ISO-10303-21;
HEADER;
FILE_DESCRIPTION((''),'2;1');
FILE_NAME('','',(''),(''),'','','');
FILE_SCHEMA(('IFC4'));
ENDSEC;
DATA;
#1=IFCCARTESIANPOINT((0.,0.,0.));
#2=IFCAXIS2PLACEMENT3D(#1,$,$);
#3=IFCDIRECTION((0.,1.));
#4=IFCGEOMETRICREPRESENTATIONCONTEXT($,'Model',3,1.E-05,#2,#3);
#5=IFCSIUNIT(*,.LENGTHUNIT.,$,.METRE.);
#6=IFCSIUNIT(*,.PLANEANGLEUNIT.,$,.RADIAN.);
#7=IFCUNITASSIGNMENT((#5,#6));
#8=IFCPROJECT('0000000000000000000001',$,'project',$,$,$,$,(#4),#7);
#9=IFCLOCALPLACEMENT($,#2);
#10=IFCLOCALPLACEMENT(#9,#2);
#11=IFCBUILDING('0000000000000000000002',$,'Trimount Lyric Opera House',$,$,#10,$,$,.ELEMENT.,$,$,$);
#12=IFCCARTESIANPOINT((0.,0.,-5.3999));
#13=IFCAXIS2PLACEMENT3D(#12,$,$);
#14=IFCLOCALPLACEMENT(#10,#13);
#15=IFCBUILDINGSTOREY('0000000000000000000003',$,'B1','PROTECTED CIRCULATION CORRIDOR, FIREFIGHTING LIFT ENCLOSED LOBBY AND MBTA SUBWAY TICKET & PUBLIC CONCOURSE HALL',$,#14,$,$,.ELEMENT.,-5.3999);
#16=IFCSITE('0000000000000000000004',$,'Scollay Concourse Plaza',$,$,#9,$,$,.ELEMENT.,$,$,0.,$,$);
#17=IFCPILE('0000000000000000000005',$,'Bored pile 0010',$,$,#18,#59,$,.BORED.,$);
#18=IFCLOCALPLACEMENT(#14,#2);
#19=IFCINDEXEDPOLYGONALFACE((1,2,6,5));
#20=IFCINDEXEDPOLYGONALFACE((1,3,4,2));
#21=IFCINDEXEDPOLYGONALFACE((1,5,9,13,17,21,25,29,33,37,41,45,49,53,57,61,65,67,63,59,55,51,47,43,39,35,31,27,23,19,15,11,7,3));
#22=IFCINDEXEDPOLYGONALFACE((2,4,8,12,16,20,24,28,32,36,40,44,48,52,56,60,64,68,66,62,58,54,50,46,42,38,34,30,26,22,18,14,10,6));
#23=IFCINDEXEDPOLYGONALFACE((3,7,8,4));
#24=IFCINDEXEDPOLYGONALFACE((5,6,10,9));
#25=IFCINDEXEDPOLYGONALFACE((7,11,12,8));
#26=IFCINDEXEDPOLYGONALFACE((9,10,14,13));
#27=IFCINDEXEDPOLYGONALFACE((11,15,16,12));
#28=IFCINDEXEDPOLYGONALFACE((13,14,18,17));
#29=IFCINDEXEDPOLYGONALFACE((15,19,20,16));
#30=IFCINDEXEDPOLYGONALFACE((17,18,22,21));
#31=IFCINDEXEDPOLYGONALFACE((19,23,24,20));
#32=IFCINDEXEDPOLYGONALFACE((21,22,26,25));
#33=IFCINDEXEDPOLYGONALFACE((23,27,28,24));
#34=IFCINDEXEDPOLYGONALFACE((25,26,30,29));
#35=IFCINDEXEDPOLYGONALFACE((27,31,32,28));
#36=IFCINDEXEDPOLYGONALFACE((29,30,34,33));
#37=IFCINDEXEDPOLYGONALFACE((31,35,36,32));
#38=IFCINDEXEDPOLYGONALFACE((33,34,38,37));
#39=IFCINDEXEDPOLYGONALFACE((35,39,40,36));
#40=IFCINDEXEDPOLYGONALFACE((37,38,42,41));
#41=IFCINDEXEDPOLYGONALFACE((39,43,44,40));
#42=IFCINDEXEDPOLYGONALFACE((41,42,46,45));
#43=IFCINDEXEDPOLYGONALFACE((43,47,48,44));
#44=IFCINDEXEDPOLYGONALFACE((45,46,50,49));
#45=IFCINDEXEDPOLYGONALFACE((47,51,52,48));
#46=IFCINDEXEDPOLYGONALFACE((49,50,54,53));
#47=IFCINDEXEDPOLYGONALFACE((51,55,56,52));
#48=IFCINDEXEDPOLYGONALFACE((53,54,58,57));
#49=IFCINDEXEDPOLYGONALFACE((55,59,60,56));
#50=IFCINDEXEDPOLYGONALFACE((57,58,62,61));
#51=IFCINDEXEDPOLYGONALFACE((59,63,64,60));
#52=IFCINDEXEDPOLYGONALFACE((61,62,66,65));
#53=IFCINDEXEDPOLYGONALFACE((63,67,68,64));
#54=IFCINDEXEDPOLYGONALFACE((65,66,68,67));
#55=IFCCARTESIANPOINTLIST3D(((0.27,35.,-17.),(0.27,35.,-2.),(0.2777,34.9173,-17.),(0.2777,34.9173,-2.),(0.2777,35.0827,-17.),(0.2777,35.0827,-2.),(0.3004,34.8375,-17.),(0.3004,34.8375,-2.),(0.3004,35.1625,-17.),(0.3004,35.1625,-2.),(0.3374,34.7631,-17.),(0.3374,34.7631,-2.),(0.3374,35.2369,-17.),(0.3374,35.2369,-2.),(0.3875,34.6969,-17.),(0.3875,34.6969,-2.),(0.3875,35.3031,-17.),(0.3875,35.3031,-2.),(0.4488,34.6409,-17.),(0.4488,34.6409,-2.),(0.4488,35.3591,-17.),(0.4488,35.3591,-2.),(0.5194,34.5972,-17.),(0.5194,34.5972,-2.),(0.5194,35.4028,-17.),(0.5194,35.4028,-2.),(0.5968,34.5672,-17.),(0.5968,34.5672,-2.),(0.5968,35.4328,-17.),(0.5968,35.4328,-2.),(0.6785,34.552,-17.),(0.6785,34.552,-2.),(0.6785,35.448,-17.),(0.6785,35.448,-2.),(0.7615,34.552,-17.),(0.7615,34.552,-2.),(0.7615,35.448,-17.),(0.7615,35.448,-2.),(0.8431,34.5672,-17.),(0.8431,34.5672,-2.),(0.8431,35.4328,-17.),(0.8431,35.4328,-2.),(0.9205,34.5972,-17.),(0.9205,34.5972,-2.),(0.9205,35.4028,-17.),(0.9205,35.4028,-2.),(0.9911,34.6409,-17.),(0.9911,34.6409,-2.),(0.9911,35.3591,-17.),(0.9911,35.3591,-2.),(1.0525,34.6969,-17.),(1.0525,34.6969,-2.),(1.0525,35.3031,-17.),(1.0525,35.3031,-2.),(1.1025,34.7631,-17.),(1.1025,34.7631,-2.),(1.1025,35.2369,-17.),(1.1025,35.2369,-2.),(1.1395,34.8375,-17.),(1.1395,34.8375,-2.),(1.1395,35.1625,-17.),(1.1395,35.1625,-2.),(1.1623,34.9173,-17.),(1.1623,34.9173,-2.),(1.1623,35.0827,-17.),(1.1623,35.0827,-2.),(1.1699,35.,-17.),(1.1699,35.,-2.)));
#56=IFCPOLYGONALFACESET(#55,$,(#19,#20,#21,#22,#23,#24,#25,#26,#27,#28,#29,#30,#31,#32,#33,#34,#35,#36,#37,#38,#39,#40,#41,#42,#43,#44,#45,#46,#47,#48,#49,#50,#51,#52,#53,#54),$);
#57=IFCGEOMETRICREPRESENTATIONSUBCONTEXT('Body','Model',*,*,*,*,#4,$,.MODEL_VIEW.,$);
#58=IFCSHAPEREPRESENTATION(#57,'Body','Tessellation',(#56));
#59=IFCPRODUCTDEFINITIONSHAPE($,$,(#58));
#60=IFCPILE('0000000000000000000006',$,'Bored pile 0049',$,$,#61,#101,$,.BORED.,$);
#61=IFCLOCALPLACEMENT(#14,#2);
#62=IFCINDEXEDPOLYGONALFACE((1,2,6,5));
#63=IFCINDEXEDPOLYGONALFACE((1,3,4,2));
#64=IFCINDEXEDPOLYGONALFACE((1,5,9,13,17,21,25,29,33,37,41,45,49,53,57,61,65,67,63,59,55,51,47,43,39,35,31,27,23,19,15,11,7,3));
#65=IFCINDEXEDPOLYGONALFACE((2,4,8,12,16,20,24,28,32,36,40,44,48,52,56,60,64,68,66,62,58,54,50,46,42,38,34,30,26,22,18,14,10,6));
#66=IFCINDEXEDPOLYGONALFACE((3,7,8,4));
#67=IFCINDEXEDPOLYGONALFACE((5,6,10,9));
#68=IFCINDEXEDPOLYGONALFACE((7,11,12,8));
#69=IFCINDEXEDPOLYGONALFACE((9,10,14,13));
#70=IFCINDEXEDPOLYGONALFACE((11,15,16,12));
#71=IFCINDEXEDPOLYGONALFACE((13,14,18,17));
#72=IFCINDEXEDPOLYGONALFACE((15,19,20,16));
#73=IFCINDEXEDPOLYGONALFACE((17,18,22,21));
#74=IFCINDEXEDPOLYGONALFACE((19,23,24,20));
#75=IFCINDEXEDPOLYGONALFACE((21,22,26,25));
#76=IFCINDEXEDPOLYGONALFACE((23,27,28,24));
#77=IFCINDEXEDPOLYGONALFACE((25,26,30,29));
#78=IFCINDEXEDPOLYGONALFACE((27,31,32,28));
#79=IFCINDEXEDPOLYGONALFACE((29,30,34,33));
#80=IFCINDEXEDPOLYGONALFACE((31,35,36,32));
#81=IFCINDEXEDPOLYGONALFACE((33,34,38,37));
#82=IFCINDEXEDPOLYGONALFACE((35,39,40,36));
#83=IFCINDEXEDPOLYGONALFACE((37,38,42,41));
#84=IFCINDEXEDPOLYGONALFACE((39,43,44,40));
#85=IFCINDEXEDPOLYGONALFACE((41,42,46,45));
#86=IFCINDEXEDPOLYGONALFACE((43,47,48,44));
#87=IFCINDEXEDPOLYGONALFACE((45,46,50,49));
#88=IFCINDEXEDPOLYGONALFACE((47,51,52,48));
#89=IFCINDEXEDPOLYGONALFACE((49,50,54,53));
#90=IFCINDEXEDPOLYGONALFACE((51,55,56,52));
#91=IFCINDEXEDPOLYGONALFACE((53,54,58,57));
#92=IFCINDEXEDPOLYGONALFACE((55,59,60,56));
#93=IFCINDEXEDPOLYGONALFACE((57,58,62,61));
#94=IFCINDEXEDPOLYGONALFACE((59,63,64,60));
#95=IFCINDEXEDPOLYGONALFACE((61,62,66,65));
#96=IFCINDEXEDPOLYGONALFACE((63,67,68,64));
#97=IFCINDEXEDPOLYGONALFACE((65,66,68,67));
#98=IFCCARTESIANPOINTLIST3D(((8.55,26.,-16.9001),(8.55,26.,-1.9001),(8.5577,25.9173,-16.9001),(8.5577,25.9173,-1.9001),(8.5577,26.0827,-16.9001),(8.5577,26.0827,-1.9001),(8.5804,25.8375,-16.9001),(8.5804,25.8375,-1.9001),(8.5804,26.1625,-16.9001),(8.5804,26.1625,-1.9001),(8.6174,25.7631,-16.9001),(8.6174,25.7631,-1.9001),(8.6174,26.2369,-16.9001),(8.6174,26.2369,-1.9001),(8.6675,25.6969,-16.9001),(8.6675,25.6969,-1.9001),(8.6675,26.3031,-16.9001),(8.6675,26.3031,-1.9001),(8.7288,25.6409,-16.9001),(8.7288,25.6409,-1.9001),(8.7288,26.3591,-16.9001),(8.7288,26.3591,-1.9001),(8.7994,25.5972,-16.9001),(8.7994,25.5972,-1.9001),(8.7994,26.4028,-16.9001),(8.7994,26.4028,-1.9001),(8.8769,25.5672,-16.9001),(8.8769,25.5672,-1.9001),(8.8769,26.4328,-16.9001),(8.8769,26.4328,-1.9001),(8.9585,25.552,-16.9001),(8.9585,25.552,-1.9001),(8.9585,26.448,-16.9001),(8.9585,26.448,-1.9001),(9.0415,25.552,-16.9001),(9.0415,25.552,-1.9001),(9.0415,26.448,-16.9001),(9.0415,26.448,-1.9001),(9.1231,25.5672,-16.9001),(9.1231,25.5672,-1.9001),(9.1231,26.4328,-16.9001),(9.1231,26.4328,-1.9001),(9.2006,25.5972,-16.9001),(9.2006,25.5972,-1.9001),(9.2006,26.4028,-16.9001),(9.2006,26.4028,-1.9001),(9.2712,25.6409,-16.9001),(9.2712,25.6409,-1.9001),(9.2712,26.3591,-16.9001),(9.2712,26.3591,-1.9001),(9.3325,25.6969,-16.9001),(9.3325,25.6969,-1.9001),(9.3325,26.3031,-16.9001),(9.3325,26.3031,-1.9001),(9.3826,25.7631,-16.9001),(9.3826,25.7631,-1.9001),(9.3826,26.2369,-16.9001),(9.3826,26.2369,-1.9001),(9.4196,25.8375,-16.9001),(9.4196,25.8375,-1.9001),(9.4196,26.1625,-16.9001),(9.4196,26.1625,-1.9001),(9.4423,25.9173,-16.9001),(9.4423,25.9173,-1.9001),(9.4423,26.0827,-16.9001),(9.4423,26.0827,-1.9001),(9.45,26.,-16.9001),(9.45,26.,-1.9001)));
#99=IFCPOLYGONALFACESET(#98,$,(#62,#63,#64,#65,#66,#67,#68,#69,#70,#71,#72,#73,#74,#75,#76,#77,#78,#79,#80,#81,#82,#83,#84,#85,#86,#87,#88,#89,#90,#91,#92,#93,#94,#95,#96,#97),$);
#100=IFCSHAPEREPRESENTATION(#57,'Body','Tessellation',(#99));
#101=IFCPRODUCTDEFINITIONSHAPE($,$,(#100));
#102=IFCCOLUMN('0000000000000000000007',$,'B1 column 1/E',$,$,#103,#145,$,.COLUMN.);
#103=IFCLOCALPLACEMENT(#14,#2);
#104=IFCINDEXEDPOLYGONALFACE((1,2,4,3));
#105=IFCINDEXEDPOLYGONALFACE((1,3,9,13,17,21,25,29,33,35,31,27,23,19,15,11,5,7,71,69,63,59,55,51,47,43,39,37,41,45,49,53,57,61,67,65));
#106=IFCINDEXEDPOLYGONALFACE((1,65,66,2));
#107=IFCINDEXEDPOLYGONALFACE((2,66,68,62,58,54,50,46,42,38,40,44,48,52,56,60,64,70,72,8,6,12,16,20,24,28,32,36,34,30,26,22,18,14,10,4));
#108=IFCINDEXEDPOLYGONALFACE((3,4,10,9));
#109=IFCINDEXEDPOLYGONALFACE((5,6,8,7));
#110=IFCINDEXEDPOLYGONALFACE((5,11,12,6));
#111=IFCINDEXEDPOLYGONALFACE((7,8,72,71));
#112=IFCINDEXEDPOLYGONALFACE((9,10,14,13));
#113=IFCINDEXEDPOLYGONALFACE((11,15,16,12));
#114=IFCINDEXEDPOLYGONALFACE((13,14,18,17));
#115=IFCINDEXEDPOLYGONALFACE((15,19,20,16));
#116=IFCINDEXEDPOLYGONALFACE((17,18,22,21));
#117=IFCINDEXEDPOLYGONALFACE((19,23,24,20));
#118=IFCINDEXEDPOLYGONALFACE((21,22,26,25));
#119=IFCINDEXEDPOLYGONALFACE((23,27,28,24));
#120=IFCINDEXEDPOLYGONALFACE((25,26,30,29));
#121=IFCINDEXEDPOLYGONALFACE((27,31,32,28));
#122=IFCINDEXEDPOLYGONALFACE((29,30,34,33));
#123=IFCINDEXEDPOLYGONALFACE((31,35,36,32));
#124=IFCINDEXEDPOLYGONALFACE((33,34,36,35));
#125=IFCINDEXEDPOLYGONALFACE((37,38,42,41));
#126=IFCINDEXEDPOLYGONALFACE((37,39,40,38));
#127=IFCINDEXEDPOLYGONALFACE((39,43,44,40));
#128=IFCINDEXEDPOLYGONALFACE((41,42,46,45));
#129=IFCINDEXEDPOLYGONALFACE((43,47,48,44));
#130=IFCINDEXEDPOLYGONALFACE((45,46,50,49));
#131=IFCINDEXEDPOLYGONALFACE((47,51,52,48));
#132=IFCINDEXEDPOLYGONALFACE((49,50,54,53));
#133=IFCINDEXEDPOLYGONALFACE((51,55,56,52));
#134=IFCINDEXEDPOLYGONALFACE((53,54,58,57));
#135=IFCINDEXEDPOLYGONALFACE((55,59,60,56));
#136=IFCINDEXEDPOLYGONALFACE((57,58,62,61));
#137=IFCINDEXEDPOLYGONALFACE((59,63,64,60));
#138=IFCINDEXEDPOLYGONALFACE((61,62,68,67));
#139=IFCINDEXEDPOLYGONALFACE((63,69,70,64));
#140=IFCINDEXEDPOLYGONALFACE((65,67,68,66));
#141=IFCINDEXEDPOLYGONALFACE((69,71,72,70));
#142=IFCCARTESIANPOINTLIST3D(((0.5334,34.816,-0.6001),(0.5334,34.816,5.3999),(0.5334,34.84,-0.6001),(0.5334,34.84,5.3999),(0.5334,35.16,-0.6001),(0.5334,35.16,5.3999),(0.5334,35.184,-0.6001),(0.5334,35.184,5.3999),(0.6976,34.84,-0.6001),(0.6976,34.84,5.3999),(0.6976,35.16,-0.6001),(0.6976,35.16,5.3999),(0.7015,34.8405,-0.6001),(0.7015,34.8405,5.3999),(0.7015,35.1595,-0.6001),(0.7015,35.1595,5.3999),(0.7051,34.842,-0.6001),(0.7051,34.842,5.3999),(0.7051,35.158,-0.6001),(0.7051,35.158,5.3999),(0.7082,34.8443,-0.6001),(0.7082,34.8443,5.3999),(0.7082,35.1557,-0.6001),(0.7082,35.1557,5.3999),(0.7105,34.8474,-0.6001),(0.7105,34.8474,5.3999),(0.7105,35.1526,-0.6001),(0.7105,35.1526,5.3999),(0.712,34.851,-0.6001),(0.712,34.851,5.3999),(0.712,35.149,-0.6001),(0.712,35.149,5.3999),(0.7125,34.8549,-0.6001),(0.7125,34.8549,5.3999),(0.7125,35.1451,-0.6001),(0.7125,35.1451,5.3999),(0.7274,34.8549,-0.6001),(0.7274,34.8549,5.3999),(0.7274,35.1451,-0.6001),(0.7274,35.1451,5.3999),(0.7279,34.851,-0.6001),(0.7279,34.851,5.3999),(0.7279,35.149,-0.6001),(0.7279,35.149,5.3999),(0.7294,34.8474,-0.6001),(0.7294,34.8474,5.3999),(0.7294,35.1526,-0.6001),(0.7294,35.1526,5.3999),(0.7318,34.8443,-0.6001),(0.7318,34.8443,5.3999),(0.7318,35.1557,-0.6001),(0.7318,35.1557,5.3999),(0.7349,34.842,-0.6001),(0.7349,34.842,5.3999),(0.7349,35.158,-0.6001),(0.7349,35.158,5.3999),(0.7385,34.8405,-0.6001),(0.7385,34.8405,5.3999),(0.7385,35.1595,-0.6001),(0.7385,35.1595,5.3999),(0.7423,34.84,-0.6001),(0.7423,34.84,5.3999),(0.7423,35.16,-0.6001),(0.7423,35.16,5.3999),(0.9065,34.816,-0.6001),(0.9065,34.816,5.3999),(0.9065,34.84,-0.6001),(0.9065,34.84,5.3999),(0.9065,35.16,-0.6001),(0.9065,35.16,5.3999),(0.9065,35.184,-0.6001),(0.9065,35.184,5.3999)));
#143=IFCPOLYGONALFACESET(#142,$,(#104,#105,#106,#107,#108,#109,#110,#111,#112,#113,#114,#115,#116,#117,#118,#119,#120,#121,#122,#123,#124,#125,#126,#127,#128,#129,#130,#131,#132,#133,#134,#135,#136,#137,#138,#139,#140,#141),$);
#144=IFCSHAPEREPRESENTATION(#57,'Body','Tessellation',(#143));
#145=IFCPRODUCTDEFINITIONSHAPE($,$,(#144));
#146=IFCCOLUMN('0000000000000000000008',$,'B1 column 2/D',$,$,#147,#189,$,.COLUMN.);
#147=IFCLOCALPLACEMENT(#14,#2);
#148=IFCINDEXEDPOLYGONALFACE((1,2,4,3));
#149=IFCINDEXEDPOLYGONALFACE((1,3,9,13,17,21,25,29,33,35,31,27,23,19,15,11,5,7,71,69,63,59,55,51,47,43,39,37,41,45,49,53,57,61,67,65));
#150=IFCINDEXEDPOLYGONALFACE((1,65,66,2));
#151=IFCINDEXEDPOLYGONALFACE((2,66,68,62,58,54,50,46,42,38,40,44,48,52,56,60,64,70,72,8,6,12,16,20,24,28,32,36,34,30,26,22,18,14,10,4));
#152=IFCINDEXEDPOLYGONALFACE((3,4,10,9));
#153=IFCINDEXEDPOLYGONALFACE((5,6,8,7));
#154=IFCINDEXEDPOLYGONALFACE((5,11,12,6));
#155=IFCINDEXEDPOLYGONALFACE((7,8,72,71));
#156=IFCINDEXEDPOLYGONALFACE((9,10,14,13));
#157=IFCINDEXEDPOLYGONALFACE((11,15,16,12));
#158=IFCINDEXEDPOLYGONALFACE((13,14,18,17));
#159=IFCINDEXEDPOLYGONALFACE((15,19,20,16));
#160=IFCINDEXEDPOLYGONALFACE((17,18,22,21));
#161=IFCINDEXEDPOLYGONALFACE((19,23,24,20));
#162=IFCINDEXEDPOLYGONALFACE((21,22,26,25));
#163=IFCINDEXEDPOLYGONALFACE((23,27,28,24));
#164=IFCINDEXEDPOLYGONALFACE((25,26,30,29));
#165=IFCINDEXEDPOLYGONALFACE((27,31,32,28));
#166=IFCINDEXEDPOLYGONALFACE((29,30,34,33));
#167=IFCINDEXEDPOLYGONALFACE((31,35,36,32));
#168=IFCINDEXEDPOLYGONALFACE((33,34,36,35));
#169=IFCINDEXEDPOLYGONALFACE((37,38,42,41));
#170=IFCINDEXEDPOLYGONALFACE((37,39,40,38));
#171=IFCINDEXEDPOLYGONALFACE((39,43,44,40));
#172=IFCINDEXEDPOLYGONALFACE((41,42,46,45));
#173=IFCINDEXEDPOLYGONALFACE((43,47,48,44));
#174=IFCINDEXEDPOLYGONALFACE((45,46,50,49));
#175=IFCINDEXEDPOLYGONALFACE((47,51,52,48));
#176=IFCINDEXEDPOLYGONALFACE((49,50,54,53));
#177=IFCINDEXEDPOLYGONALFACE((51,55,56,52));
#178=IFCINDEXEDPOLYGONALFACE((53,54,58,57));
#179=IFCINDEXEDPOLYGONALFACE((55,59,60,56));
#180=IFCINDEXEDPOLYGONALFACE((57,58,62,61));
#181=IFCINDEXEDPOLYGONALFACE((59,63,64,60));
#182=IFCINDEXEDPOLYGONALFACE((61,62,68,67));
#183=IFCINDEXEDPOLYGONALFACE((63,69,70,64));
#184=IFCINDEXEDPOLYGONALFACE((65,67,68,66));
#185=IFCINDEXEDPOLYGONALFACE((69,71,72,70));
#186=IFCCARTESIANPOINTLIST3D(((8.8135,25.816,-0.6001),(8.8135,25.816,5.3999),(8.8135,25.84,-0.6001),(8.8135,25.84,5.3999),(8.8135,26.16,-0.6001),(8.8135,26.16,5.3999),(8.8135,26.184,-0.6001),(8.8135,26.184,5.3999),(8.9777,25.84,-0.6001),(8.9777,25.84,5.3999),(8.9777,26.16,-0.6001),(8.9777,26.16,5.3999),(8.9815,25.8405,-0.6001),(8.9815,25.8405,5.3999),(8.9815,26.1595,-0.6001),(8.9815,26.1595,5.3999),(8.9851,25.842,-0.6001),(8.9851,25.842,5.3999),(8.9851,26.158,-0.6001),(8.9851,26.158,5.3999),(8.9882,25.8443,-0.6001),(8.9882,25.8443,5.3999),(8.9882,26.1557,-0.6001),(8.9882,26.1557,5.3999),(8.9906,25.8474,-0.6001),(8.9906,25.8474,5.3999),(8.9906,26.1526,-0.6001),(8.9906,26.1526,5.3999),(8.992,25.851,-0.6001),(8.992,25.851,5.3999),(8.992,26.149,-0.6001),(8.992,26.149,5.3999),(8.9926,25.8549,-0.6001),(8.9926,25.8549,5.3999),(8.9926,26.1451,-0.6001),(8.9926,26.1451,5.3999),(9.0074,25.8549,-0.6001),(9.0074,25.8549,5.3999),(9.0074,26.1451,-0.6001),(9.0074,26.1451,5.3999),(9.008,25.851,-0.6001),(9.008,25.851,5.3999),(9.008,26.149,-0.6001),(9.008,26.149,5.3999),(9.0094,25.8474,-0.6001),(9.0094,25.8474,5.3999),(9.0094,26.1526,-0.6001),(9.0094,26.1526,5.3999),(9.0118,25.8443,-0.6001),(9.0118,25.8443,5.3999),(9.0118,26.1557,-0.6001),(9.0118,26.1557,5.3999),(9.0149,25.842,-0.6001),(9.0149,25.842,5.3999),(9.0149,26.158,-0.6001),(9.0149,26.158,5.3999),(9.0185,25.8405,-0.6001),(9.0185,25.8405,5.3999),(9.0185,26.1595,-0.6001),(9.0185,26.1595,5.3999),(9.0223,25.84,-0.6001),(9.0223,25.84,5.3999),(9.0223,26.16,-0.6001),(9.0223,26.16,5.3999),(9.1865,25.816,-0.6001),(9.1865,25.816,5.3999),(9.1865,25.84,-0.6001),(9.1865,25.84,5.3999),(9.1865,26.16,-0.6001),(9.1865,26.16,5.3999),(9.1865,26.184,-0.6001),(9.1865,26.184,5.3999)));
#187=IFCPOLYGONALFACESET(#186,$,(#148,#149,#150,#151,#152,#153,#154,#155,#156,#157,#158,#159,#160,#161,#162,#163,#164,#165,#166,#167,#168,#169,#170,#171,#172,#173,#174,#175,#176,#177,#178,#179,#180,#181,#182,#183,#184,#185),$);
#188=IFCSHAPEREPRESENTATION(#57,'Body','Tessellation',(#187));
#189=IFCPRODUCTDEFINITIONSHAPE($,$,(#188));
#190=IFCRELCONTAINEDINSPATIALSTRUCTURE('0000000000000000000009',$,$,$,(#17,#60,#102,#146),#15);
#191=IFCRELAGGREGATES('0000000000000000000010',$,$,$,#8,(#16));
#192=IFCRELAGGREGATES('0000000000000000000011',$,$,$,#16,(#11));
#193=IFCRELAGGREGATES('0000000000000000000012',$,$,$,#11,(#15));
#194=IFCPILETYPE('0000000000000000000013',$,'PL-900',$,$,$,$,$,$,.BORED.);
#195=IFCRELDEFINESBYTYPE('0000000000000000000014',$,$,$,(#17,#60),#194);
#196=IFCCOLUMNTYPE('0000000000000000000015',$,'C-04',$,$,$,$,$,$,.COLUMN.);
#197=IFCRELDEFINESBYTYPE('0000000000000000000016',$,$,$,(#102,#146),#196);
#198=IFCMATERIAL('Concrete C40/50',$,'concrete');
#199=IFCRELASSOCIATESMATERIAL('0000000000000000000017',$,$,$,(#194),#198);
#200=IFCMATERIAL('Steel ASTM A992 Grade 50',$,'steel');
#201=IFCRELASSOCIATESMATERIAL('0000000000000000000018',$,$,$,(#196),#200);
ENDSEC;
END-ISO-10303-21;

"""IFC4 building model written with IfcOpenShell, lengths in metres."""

from ifc_helpers import new_model, si_unit, direction, frame, origin, origin_2d, place, context, subcontext, project, spatial, circle, i_section, extrude, material, material_profile, profile_set, type_object, element, save


model = new_model("IFC4")

# Units and contexts
model_context = context("Model", 3, precision=1e-05, world=origin(), true_north=direction((0.0, 1.0)))
body_context = subcontext(model_context, "Body", "Model", "MODEL_VIEW")
ifc_project = project(units=[si_unit("LENGTHUNIT", "METRE"), si_unit("PLANEANGLEUNIT", "RADIAN")], contexts=[model_context])

# Site, building, storey
site_placement = place(None, origin())
site = spatial("IfcSite", under=ifc_project, at=site_placement, Name="Scollay Concourse Plaza", CompositionType="ELEMENT", RefElevation=0.0)
building_placement = place(site_placement, origin())
building = spatial("IfcBuilding", under=site, at=building_placement, Name="Trimount Lyric Opera House", CompositionType="ELEMENT")
storey_placement = place(building_placement, frame((0.0, 0.0, -5.3999)))
storey = spatial("IfcBuildingStorey", under=building, at=storey_placement, Name="B1", Description="PROTECTED CIRCULATION CORRIDOR, FIREFIGHTING LIFT ENCLOSED LOBBY AND MBTA SUBWAY TICKET & PUBLIC CONCOURSE HALL", CompositionType="ELEMENT", Elevation=-5.3999)

# Piles
ifc_material_1 = material(Name="Concrete C40/50", Category="concrete")
ifc_material_profile_1 = material_profile(ifc_material_1, circle(Radius=0.45, at=origin_2d()), Name="PILE-D900")
ifc_profile_set_1 = profile_set([ifc_material_profile_1], Name="Concrete C40/50")
pile_type_1 = type_object("IfcPileType", Name="PL-900", PredefinedType="BORED", material=ifc_profile_set_1)
for number, where, z_axis, x_axis, name in (
    (1, (0.72, 35.0, -2.0), (0.0, 0.0, -1.0), (1.0, 0.0, 0.0), "Bored pile 0010"),
    (2, (9.0, 26.0, -1.9001), (0.0, 0.0, -1.0), (1.0, 0.0, 0.0), "Bored pile 0049"),
):
    element("IfcPile", number, at=place(storey_placement, frame(where, z_axis=z_axis, x_axis=x_axis)), inside=storey, type_object=pile_type_1, Name=name, PredefinedType="BORED", context=body_context, shape_type="SweptSolid", body=[
        extrude(circle(Radius=0.45, at=origin_2d()), origin(), (0.0, 0.0, 1.0), 15.0),
    ])

# Columns
ifc_material_2 = material(Name="Steel ASTM A992 Grade 50", Category="steel")
ifc_material_profile_2 = material_profile(ifc_material_2, i_section(OverallWidth=0.373, OverallDepth=0.3679, WebThickness=0.0149, FlangeThickness=0.0239, FilletRadius=0.0149, at=origin_2d()), Name="W14X120")
ifc_profile_set_2 = profile_set([ifc_material_profile_2], Name="Steel ASTM A992 Grade 50")
column_type_1 = type_object("IfcColumnType", Name="C-04", PredefinedType="COLUMN", material=ifc_profile_set_2)
for number, where, z_axis, x_axis, name in (
    (3, (0.72, 35.0, -0.6001), (0.0, 0.0, 1.0), (1.0, 0.0, 0.0), "B1 column 1/E"),
    (4, (9.0, 26.0, -0.6001), (0.0, 0.0, 1.0), (1.0, 0.0, 0.0), "B1 column 2/D"),
):
    element("IfcColumn", number, at=place(storey_placement, frame(where, z_axis=z_axis, x_axis=x_axis)), inside=storey, type_object=column_type_1, Name=name, PredefinedType="COLUMN", context=body_context, shape_type="SweptSolid", body=[
        extrude(i_section(OverallWidth=0.373, OverallDepth=0.3679, WebThickness=0.0149, FlangeThickness=0.0239, FilletRadius=0.0149, at=origin_2d()), origin(), (0.0, 0.0, 1.0), 6.0),
    ])

save(model, "model.ifc")
